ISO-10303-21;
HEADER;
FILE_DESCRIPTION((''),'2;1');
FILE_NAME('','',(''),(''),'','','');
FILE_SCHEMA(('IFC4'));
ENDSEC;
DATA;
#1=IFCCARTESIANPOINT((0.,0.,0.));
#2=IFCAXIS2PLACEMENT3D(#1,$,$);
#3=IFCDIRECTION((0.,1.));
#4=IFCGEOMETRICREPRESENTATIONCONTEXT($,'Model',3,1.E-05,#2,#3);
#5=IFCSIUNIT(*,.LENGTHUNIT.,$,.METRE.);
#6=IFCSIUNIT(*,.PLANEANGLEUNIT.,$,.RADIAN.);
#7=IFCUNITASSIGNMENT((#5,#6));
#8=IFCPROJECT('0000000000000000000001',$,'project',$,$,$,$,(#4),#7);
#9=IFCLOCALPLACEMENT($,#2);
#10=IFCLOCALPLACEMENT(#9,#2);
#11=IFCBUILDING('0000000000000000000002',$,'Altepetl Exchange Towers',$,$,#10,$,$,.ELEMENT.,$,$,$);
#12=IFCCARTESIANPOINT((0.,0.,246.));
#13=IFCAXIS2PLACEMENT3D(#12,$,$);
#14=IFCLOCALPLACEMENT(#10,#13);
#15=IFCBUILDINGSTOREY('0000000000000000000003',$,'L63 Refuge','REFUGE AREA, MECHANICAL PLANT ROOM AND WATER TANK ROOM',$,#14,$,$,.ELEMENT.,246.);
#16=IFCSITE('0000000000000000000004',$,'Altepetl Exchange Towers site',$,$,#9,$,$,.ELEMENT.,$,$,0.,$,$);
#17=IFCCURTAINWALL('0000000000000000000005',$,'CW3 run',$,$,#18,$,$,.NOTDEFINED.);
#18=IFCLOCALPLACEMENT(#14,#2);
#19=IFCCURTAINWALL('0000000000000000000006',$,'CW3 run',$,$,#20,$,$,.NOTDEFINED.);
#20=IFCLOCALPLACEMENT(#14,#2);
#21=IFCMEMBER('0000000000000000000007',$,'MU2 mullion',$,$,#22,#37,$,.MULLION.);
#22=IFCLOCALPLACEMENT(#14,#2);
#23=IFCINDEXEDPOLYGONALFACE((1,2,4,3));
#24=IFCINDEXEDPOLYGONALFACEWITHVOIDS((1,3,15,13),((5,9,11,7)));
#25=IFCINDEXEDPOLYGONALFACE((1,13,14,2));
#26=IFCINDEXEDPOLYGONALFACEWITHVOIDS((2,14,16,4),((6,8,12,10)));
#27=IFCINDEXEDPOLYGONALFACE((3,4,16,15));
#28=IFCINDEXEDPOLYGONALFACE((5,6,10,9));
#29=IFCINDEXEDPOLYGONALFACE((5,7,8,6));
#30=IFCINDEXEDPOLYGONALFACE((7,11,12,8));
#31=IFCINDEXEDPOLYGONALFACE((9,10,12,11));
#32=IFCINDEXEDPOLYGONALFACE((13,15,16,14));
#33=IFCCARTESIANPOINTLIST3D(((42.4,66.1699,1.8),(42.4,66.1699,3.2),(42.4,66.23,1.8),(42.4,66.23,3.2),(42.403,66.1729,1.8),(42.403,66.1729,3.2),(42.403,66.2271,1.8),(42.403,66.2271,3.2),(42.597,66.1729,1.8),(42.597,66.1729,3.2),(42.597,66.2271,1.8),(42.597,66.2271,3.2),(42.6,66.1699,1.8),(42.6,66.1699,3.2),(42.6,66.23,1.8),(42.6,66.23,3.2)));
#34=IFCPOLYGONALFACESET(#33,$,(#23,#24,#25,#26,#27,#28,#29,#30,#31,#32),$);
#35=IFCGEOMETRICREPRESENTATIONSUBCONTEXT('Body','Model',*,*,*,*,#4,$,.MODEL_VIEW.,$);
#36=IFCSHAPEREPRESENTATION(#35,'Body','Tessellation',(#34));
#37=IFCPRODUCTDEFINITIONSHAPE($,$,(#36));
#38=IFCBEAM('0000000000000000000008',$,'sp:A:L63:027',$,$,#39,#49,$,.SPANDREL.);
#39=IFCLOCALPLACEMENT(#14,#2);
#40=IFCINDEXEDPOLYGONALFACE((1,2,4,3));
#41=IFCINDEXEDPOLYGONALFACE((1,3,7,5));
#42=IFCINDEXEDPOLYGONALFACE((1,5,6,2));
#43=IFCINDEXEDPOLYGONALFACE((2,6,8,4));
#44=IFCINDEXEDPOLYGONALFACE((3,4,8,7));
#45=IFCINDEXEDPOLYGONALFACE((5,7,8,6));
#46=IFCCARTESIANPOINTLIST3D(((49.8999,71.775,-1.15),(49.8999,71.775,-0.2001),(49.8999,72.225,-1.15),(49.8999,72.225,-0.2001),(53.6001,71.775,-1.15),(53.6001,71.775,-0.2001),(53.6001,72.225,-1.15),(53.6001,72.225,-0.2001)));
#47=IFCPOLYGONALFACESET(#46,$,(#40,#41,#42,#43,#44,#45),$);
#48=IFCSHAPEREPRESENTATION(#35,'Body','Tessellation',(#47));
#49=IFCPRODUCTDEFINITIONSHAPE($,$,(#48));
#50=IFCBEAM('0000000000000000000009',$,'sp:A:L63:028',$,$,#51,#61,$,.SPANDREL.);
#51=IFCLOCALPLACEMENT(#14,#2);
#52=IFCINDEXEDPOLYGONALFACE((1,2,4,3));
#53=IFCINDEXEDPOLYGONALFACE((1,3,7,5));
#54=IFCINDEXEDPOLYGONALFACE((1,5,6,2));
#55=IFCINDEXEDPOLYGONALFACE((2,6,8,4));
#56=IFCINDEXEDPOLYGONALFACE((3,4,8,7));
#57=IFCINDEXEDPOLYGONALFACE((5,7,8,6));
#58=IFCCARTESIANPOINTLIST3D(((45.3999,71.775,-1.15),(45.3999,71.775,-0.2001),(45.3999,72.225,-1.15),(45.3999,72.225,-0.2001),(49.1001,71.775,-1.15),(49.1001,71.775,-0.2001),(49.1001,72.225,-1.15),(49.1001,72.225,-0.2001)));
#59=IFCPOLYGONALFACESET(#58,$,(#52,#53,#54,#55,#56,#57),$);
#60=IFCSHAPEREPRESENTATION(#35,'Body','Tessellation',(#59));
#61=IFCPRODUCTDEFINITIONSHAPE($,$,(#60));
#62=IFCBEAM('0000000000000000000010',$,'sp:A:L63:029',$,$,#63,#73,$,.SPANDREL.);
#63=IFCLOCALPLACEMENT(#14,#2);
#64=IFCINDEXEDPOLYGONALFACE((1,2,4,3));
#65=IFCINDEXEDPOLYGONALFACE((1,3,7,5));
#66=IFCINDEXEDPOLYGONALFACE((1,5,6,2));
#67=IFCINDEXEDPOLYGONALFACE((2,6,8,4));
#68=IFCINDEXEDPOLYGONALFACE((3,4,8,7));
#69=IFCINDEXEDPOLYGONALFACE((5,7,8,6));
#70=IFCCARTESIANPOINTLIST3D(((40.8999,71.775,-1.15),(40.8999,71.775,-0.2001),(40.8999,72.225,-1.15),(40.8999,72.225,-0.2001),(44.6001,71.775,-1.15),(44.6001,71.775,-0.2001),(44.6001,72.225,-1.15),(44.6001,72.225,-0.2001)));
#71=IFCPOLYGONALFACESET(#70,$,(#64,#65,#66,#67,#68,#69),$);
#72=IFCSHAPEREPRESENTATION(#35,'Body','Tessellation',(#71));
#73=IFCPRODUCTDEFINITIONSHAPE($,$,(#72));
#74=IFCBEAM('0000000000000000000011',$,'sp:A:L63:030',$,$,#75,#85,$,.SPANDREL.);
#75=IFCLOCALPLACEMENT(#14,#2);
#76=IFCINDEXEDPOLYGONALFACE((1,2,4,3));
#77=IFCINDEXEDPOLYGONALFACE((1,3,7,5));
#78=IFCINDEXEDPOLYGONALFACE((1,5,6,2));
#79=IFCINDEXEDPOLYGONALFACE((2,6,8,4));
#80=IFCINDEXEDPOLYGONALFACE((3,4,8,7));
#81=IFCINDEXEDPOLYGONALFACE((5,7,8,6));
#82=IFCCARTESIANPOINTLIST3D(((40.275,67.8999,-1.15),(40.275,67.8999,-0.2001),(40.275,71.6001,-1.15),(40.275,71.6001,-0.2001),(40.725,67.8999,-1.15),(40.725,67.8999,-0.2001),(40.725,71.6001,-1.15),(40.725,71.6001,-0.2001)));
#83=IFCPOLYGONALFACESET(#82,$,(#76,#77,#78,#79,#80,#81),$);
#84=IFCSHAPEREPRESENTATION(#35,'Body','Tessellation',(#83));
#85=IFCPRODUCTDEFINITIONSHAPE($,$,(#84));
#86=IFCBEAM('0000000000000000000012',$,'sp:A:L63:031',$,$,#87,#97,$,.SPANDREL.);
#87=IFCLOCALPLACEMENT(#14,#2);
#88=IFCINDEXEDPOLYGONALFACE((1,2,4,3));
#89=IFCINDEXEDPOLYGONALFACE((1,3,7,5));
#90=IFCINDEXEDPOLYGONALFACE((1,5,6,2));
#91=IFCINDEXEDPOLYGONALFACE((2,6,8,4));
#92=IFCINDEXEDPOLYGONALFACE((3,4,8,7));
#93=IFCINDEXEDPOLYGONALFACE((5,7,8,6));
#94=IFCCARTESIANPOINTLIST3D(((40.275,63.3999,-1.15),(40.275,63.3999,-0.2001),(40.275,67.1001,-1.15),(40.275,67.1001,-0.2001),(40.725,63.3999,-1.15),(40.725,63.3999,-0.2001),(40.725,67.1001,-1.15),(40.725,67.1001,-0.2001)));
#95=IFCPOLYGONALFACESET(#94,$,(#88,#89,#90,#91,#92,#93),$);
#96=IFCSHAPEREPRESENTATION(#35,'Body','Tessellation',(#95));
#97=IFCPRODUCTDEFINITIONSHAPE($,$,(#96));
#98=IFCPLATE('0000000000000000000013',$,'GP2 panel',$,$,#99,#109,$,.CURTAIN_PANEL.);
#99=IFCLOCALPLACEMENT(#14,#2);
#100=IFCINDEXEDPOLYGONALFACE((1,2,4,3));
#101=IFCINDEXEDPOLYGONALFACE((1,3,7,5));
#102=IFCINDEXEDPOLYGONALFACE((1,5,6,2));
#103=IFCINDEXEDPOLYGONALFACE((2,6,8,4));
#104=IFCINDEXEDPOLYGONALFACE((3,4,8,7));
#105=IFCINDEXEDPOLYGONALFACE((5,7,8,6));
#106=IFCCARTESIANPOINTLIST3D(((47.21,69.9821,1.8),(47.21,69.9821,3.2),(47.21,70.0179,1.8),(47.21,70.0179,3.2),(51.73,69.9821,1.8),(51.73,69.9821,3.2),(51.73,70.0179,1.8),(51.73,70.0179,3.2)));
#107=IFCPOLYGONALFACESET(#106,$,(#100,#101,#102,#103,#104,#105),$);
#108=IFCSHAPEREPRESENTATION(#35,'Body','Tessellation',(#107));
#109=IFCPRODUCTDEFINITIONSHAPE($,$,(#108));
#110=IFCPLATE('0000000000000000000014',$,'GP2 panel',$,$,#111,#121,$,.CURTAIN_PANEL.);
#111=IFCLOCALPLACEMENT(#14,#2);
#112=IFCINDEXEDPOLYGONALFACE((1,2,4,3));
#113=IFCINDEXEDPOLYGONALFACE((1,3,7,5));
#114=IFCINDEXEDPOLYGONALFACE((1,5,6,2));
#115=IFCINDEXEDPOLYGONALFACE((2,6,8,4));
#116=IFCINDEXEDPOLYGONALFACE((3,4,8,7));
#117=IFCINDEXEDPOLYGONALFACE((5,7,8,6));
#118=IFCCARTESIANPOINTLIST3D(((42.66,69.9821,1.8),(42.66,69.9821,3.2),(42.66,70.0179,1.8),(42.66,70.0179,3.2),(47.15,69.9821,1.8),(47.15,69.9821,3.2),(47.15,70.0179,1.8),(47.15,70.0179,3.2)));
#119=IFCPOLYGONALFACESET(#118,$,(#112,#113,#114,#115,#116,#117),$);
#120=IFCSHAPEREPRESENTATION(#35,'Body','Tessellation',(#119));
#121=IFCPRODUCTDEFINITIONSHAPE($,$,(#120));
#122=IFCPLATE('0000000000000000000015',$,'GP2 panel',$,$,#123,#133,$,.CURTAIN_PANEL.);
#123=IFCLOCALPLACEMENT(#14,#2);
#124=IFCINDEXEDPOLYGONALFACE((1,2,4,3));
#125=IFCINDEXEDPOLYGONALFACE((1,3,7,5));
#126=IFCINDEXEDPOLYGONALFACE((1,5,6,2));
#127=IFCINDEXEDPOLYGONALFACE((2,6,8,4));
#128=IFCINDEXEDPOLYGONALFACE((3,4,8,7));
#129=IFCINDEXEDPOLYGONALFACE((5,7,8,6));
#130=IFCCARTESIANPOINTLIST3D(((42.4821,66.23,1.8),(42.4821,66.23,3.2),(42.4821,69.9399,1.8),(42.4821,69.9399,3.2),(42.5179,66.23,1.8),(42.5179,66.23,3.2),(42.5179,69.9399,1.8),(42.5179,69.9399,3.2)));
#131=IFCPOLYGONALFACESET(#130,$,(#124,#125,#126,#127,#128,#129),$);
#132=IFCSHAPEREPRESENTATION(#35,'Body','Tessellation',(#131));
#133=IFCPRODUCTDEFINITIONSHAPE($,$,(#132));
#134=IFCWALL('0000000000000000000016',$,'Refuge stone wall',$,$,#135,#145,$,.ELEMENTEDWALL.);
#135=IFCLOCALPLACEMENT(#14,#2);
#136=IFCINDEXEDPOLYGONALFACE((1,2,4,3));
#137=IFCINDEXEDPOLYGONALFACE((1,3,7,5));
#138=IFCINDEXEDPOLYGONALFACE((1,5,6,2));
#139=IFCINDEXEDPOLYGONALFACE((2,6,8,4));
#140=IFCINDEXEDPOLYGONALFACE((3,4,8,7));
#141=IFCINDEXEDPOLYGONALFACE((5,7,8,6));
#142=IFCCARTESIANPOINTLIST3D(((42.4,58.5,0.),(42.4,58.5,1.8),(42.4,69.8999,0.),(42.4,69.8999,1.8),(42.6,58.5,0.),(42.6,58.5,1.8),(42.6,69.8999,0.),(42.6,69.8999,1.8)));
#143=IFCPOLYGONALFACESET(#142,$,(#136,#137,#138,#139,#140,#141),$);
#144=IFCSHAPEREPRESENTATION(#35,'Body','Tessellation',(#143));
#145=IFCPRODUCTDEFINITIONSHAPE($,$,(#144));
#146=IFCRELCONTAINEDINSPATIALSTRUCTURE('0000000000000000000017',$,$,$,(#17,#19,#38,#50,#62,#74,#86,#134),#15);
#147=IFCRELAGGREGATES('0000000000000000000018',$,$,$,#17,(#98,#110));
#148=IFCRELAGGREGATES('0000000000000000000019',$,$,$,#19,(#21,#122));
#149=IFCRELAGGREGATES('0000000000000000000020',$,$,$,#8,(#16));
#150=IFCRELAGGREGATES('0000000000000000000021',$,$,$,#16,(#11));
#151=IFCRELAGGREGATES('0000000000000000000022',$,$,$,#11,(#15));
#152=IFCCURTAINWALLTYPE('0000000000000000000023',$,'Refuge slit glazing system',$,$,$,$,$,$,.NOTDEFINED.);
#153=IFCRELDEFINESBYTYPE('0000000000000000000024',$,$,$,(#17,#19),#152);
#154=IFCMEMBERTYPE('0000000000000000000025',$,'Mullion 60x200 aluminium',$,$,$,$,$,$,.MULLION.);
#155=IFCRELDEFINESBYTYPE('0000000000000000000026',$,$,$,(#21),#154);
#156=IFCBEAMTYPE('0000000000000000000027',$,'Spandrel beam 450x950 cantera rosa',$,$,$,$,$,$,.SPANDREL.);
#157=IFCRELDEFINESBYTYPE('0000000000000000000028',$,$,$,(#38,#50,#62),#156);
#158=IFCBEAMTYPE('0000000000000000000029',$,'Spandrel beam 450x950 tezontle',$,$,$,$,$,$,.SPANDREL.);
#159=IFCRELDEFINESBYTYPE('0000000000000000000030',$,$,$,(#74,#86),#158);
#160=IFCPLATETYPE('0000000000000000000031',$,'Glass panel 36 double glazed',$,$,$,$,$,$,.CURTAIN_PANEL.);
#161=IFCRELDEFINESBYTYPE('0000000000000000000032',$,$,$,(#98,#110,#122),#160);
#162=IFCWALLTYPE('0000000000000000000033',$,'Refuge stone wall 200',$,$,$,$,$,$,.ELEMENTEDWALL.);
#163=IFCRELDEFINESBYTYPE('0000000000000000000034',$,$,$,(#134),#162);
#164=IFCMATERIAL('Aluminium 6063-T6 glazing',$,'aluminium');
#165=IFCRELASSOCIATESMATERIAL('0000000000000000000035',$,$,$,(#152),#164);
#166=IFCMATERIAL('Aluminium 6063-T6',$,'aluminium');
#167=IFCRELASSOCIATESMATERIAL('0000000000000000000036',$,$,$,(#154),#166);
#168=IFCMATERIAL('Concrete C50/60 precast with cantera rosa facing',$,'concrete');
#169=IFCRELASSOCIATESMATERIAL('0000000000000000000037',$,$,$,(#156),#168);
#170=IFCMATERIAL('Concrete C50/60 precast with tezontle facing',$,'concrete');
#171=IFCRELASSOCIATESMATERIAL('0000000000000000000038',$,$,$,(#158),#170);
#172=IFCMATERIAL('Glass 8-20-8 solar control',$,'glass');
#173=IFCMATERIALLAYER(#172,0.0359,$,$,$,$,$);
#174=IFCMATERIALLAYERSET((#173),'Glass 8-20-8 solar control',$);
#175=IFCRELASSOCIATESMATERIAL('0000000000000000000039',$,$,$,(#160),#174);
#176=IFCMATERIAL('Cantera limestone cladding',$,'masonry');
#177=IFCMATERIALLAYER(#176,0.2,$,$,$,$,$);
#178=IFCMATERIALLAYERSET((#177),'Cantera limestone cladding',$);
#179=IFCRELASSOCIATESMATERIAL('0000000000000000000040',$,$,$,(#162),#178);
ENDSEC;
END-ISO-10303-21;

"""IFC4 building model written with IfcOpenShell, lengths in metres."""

from ifc_helpers import new_model, si_unit, direction, frame, frame_2d, origin, origin_2d, place, context, subcontext, project, spatial, rectangle, hollow_rectangle, extrude, material, layer, layer_set, material_profile, profile_set, type_object, element, aggregate, save


model = new_model("IFC4")

# Units and contexts
model_context = context("Model", 3, precision=1e-05, world=origin(), true_north=direction((0.0, 1.0)))
body_context = subcontext(model_context, "Body", "Model", "MODEL_VIEW")
ifc_project = project(units=[si_unit("LENGTHUNIT", "METRE"), si_unit("PLANEANGLEUNIT", "RADIAN")], contexts=[model_context])

# Site, building, storey
site_placement = place(None, origin())
site = spatial("IfcSite", under=ifc_project, at=site_placement, Name="Altepetl Exchange Towers site", CompositionType="ELEMENT", RefElevation=0.0)
building_placement = place(site_placement, origin())
building = spatial("IfcBuilding", under=site, at=building_placement, Name="Altepetl Exchange Towers", CompositionType="ELEMENT")
storey_placement = place(building_placement, frame((0.0, 0.0, 246.0)))
storey = spatial("IfcBuildingStorey", under=building, at=storey_placement, Name="L63 Refuge", Description="REFUGE AREA, MECHANICAL PLANT ROOM AND WATER TANK ROOM", CompositionType="ELEMENT", Elevation=246.0)

# Curtain walls, member
ifc_material_1 = material(Name="Aluminium 6063-T6 glazing", Category="aluminium")
curtain_wall_type = type_object("IfcCurtainWallType", Name="Refuge slit glazing system", PredefinedType="NOTDEFINED", material=ifc_material_1)
curtain_wall_1_placement = place(storey_placement, origin())
curtain_wall_1 = element("IfcCurtainWall", 1, at=curtain_wall_1_placement, inside=storey, type_object=curtain_wall_type, Name="CW3 run", PredefinedType="NOTDEFINED")
ifc_material_2 = material(Name="Aluminium 6063-T6", Category="aluminium")
ifc_material_profile_1 = material_profile(ifc_material_2, hollow_rectangle(XDim=0.0601, YDim=0.2, WallThickness=0.0029, at=origin_2d()), Name="Mullion 60x200 aluminium")
ifc_profile_set_1 = profile_set([ifc_material_profile_1], Name="Aluminium 6063-T6")
member_type_1 = type_object("IfcMemberType", Name="Mullion 60x200 aluminium", PredefinedType="MULLION", material=ifc_profile_set_1)
curtain_wall_2_placement = place(storey_placement, origin())
curtain_wall_2 = element("IfcCurtainWall", 2, at=curtain_wall_2_placement, inside=storey, type_object=curtain_wall_type, Name="CW3 run", PredefinedType="NOTDEFINED")
member_1_placement = place(storey_placement, frame((42.5, 66.2, 1.8), z_axis=(0.0, 0.0, 1.0), x_axis=(0.0, -1.0, 0.0)))
member_1 = element("IfcMember", 3, at=member_1_placement, type_object=member_type_1, Name="MU2 mullion", PredefinedType="MULLION", context=body_context, shape_type="SweptSolid", body=[
    extrude(hollow_rectangle(XDim=0.0601, YDim=0.2, WallThickness=0.0029, at=origin_2d()), origin(), (0.0, 0.0, 1.0), 1.3999),
])

# Beams
ifc_material_3 = material(Name="Concrete C50/60 precast with cantera rosa facing", Category="concrete")
ifc_material_profile_2 = material_profile(ifc_material_3, rectangle(XDim=0.45, YDim=0.95, at=origin_2d()), Name="450 x 950")
ifc_profile_set_2 = profile_set([ifc_material_profile_2], Name="Concrete C50/60 precast with cantera rosa facing")
beam_type_1 = type_object("IfcBeamType", Name="Spandrel beam 450x950 cantera rosa", PredefinedType="SPANDREL", material=ifc_profile_set_2)
for number, where, z_axis, x_axis, name in (
    (4, (53.6001, 72.0, -0.675), (-1.0, 0.0, 0.0), (0.0, -1.0, 0.0), "sp:A:L63:027"),
    (5, (49.1001, 72.0, -0.675), (-1.0, 0.0, 0.0), (0.0, -1.0, 0.0), "sp:A:L63:028"),
    (6, (44.6001, 72.0, -0.675), (-1.0, 0.0, 0.0), (0.0, -1.0, 0.0), "sp:A:L63:029"),
):
    element("IfcBeam", number, at=place(storey_placement, frame(where, z_axis=z_axis, x_axis=x_axis)), inside=storey, type_object=beam_type_1, Name=name, PredefinedType="SPANDREL", context=body_context, shape_type="SweptSolid", body=[
        extrude(rectangle(XDim=0.45, YDim=0.95, at=origin_2d()), origin(), (0.0, 0.0, 1.0), 3.7002),
    ])
ifc_material_4 = material(Name="Concrete C50/60 precast with tezontle facing", Category="concrete")
ifc_material_profile_3 = material_profile(ifc_material_4, rectangle(XDim=0.45, YDim=0.95, at=origin_2d()), Name="450 x 950")
ifc_profile_set_3 = profile_set([ifc_material_profile_3], Name="Concrete C50/60 precast with tezontle facing")
beam_type_2 = type_object("IfcBeamType", Name="Spandrel beam 450x950 tezontle", PredefinedType="SPANDREL", material=ifc_profile_set_3)
for number, where, z_axis, x_axis, name in (
    (7, (40.5, 71.6001, -0.675), (0.0, -1.0, 0.0), (1.0, 0.0, 0.0), "sp:A:L63:030"),
    (8, (40.5, 67.1001, -0.675), (0.0, -1.0, 0.0), (1.0, 0.0, 0.0), "sp:A:L63:031"),
):
    element("IfcBeam", number, at=place(storey_placement, frame(where, z_axis=z_axis, x_axis=x_axis)), inside=storey, type_object=beam_type_2, Name=name, PredefinedType="SPANDREL", context=body_context, shape_type="SweptSolid", body=[
        extrude(rectangle(XDim=0.45, YDim=0.95, at=origin_2d()), origin(), (0.0, 0.0, 1.0), 3.7002),
    ])

# Plates
ifc_material_5 = material(Name="Glass 8-20-8 solar control", Category="glass")
ifc_layer_1 = layer(ifc_material_5, 0.0359)
ifc_layer_set_1 = layer_set([ifc_layer_1], Name="Glass 8-20-8 solar control")
plate_type = type_object("IfcPlateType", Name="Glass panel 36 double glazed", PredefinedType="CURTAIN_PANEL", material=ifc_layer_set_1)
plate_1_placement = place(storey_placement, frame((49.47, 70.0, 1.8), z_axis=(0.0, 0.0, 1.0), x_axis=(-1.0, 0.0, 0.0)))
plate_1 = element("IfcPlate", 9, at=plate_1_placement, type_object=plate_type, Name="GP2 panel", PredefinedType="CURTAIN_PANEL", context=body_context, shape_type="SweptSolid", body=[
    extrude(rectangle(XDim=4.52, YDim=0.0359, at=origin_2d()), origin(), (0.0, 0.0, 1.0), 1.3999),
])
plate_2_placement = place(storey_placement, frame((44.905, 70.0, 1.8), z_axis=(0.0, 0.0, 1.0), x_axis=(-1.0, 0.0, 0.0)))
plate_2 = element("IfcPlate", 10, at=plate_2_placement, type_object=plate_type, Name="GP2 panel", PredefinedType="CURTAIN_PANEL", context=body_context, shape_type="SweptSolid", body=[
    extrude(rectangle(XDim=4.49, YDim=0.0359, at=origin_2d()), origin(), (0.0, 0.0, 1.0), 1.3999),
])
aggregate(curtain_wall_1, [plate_1, plate_2])
plate_3_placement = place(storey_placement, frame((42.5, 68.085, 1.8), z_axis=(0.0, 0.0, 1.0), x_axis=(0.0, -1.0, 0.0)))
plate_3 = element("IfcPlate", 11, at=plate_3_placement, type_object=plate_type, Name="GP2 panel", PredefinedType="CURTAIN_PANEL", context=body_context, shape_type="SweptSolid", body=[
    extrude(rectangle(XDim=3.71, YDim=0.0359, at=origin_2d()), origin(), (0.0, 0.0, 1.0), 1.3999),
])
aggregate(curtain_wall_2, [member_1, plate_3])

# Wall
ifc_material_6 = material(Name="Cantera limestone cladding", Category="masonry")
ifc_layer_2 = layer(ifc_material_6, 0.2)
ifc_layer_set_2 = layer_set([ifc_layer_2], Name="Cantera limestone cladding")
wall_type = type_object("IfcWallType", Name="Refuge stone wall 200", PredefinedType="ELEMENTEDWALL", material=ifc_layer_set_2)
wall_placement = place(storey_placement, frame((42.5, 69.8999, 0.0), z_axis=(0.0, 0.0, 1.0), x_axis=(0.0, -1.0, 0.0)))
element("IfcWall", 12, at=wall_placement, inside=storey, type_object=wall_type, Name="Refuge stone wall", PredefinedType="ELEMENTEDWALL", context=body_context, shape_type="SweptSolid", body=[
    extrude(rectangle(XDim=11.3999, YDim=0.2, at=frame_2d((5.7, 0.0))), origin(), (0.0, 0.0, 1.0), 1.8),
])

save(model, "model.ifc")
